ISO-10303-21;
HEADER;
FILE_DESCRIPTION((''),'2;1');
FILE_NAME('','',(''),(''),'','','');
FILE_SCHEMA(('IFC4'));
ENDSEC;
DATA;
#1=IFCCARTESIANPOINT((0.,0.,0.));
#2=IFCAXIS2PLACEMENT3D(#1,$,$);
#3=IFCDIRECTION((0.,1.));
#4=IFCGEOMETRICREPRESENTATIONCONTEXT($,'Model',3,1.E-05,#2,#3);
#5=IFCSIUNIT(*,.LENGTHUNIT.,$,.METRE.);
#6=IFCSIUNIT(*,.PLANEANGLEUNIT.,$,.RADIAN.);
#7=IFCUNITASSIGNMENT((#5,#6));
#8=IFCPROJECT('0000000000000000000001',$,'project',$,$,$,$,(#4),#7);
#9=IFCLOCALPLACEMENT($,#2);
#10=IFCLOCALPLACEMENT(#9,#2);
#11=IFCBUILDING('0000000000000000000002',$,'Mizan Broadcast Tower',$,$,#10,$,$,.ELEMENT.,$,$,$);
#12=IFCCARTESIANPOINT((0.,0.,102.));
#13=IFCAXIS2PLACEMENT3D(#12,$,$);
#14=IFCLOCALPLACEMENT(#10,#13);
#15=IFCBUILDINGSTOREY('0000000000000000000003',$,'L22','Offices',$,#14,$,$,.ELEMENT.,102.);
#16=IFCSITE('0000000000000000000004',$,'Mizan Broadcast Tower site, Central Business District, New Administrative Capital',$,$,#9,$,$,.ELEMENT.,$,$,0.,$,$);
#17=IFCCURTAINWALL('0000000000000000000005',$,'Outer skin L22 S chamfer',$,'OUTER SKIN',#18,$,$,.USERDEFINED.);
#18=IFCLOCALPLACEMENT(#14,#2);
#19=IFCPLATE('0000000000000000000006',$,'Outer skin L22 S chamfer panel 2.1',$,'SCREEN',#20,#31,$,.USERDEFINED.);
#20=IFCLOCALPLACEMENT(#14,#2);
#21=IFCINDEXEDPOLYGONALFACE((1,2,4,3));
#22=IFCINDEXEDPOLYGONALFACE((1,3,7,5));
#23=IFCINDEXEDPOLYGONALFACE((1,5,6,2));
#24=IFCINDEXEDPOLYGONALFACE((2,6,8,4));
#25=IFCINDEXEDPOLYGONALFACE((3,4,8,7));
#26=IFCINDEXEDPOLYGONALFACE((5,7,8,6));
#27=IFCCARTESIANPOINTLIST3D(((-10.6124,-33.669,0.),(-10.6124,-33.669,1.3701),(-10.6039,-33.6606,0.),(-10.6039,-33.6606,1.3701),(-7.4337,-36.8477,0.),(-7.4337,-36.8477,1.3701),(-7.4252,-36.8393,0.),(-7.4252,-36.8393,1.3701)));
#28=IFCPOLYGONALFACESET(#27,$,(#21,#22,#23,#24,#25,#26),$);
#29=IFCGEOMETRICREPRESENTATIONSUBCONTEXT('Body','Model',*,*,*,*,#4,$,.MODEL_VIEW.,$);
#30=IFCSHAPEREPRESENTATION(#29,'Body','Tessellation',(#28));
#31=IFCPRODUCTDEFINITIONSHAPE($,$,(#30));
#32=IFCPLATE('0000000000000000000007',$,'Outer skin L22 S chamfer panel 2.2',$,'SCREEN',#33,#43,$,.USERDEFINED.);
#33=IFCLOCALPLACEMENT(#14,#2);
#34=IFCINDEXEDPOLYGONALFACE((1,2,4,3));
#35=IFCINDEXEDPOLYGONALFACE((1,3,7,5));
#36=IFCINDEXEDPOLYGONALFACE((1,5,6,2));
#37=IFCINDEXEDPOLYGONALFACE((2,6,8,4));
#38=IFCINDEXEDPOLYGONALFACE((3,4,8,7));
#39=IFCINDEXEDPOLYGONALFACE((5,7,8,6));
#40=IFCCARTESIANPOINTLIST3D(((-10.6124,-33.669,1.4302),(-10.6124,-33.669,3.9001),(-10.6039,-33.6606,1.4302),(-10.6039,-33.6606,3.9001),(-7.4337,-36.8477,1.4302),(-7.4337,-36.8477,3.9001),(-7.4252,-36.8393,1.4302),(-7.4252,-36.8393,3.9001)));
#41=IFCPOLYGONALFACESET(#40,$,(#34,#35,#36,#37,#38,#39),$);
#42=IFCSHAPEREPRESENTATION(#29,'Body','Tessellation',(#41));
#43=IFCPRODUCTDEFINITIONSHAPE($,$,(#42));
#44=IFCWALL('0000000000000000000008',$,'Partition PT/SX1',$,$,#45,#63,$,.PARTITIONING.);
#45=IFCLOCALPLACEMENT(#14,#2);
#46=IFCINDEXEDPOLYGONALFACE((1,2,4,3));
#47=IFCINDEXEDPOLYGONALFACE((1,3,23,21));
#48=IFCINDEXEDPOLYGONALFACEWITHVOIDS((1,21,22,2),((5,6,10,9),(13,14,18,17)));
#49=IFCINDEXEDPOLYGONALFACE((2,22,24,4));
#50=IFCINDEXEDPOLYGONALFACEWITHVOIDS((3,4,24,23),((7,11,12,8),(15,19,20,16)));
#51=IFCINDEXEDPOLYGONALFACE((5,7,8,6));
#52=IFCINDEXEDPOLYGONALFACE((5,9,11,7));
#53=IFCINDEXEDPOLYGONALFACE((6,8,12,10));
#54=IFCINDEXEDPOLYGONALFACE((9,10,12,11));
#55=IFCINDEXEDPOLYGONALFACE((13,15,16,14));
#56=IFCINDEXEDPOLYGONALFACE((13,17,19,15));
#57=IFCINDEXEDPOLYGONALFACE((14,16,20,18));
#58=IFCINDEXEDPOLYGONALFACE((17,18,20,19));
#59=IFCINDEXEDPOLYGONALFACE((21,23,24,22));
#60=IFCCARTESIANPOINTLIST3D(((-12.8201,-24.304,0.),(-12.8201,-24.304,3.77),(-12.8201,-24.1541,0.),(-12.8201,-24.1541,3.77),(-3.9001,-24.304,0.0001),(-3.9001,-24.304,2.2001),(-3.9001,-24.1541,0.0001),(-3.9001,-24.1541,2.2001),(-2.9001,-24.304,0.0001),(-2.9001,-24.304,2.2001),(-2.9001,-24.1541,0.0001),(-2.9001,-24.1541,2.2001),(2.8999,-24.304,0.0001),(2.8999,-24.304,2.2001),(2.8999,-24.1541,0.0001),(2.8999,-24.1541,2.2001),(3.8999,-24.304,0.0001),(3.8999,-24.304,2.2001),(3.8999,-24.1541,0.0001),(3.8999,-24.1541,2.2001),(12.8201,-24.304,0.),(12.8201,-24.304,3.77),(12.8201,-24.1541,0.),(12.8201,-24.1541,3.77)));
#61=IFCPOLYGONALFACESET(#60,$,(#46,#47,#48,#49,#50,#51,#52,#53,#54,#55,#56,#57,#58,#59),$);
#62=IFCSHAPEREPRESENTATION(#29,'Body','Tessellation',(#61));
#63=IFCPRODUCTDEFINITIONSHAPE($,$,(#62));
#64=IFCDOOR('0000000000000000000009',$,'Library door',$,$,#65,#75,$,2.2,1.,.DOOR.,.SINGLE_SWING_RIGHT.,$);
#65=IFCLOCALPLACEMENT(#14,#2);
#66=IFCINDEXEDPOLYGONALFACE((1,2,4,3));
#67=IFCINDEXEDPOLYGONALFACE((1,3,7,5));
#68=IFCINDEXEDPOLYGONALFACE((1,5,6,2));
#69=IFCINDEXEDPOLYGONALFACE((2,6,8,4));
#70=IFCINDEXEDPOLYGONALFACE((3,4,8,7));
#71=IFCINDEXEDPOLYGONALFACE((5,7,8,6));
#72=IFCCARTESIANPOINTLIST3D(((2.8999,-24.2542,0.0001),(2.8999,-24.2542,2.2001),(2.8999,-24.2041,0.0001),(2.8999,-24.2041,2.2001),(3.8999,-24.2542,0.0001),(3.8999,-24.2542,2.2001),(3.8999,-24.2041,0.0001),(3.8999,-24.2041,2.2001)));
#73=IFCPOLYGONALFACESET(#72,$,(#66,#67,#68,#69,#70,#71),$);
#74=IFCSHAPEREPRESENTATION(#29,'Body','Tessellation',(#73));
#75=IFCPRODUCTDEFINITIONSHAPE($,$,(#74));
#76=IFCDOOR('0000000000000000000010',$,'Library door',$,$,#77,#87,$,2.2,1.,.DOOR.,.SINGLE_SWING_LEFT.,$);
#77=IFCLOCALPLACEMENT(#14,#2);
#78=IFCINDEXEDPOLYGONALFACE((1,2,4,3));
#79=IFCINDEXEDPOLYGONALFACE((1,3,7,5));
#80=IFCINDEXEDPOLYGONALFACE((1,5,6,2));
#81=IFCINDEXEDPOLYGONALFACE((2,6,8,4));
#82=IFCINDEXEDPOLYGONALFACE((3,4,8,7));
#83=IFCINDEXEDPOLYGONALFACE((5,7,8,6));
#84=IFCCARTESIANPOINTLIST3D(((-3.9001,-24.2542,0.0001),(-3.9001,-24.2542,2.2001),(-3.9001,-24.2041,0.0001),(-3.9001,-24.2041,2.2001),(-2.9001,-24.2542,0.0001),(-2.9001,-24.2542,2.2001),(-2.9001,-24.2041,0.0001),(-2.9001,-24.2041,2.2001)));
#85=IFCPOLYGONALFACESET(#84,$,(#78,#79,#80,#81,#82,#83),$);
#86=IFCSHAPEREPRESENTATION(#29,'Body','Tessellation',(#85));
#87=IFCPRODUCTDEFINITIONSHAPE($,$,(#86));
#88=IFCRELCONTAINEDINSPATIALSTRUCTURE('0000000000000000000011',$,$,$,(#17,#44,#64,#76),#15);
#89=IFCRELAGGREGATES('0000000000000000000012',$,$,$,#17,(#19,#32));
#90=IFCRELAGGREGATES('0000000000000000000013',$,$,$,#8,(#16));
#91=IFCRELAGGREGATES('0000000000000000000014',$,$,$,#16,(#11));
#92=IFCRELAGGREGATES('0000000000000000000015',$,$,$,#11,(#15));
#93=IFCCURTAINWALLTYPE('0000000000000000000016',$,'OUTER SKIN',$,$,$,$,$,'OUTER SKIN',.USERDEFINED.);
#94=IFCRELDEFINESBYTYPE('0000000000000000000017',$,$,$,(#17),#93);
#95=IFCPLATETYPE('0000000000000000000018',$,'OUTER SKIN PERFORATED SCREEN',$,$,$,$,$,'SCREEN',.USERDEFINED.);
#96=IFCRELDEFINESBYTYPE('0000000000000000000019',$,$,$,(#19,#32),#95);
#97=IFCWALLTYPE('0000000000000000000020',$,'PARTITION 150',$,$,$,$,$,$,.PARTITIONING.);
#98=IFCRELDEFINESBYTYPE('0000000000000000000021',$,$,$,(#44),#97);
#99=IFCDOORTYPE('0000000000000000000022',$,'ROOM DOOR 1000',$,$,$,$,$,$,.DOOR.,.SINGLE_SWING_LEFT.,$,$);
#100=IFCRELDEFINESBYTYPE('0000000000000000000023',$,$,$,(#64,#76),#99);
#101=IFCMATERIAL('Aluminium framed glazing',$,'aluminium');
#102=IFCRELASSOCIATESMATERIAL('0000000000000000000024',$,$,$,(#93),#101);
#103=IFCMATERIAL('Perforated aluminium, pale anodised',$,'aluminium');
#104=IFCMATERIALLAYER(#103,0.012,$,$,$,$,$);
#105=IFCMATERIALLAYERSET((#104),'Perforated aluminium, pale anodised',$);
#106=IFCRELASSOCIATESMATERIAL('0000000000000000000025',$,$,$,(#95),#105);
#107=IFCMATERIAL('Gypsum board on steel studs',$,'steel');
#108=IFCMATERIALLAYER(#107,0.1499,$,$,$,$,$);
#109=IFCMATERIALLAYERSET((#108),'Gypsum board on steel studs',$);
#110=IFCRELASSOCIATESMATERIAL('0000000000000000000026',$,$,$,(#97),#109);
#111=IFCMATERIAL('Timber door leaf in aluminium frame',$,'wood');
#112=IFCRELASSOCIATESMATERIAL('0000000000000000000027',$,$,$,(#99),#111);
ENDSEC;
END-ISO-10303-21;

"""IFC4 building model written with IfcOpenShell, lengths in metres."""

from ifc_helpers import new_model, si_unit, direction, frame, frame_2d, origin, origin_2d, place, context, subcontext, project, spatial, rectangle, extrude, material, layer, layer_set, type_object, element, fill, aggregate, save


model = new_model("IFC4")

# Units and contexts
model_context = context("Model", 3, precision=1e-05, world=origin(), true_north=direction((0.0, 1.0)))
body_context = subcontext(model_context, "Body", "Model", "MODEL_VIEW")
ifc_project = project(units=[si_unit("LENGTHUNIT", "METRE"), si_unit("PLANEANGLEUNIT", "RADIAN")], contexts=[model_context])

# Site, building, storey
site_placement = place(None, origin())
site = spatial("IfcSite", under=ifc_project, at=site_placement, Name="Mizan Broadcast Tower site, Central Business District, New Administrative Capital", CompositionType="ELEMENT", RefElevation=0.0)
building_placement = place(site_placement, origin())
building = spatial("IfcBuilding", under=site, at=building_placement, Name="Mizan Broadcast Tower", CompositionType="ELEMENT")
storey_placement = place(building_placement, frame((0.0, 0.0, 102.0)))
storey = spatial("IfcBuildingStorey", under=building, at=storey_placement, Name="L22", Description="Offices", CompositionType="ELEMENT", Elevation=102.0)

# Curtain wall
ifc_material_1 = material(Name="Aluminium framed glazing", Category="aluminium")
curtain_wall_type_1 = type_object("IfcCurtainWallType", Name="OUTER SKIN", ElementType="OUTER SKIN", PredefinedType="USERDEFINED", material=ifc_material_1)
curtain_wall_1_placement = place(storey_placement, origin())
curtain_wall_1 = element("IfcCurtainWall", 1, at=curtain_wall_1_placement, inside=storey, type_object=curtain_wall_type_1, Name="Outer skin L22 S chamfer", ObjectType="OUTER SKIN", PredefinedType="USERDEFINED")

# Plates
ifc_material_2 = material(Name="Perforated aluminium, pale anodised", Category="aluminium")
ifc_layer_1 = layer(ifc_material_2, 0.012)
ifc_layer_set_1 = layer_set([ifc_layer_1], Name="Perforated aluminium, pale anodised")
plate_type_1 = type_object("IfcPlateType", Name="OUTER SKIN PERFORATED SCREEN", ElementType="SCREEN", PredefinedType="USERDEFINED", material=ifc_layer_set_1)
plate_1_placement = place(storey_placement, frame((-9.0188, -35.2542, 0.0), z_axis=(0.0, 0.0, 1.0), x_axis=(0.707107, -0.707107, 0.0)))
plate_1 = element("IfcPlate", 2, at=plate_1_placement, type_object=plate_type_1, Name="Outer skin L22 S chamfer panel 2.1", ObjectType="SCREEN", PredefinedType="USERDEFINED", context=body_context, shape_type="SweptSolid", body=[
    extrude(rectangle(XDim=4.4954, YDim=0.012, at=origin_2d()), origin(), (0.0, 0.0, 1.0), 1.3701),
])
plate_2_placement = place(storey_placement, frame((-9.0188, -35.2542, 1.4302), z_axis=(0.0, 0.0, 1.0), x_axis=(0.707107, -0.707107, 0.0)))
plate_2 = element("IfcPlate", 3, at=plate_2_placement, type_object=plate_type_1, Name="Outer skin L22 S chamfer panel 2.2", ObjectType="SCREEN", PredefinedType="USERDEFINED", context=body_context, shape_type="SweptSolid", body=[
    extrude(rectangle(XDim=4.4954, YDim=0.012, at=origin_2d()), origin(), (0.0, 0.0, 1.0), 2.47),
])
aggregate(curtain_wall_1, [plate_1, plate_2])

# Wall, openings, doors
ifc_material_3 = material(Name="Gypsum board on steel studs", Category="steel")
ifc_layer_2 = layer(ifc_material_3, 0.1499)
ifc_layer_set_2 = layer_set([ifc_layer_2], Name="Gypsum board on steel studs")
wall_type = type_object("IfcWallType", Name="PARTITION 150", PredefinedType="PARTITIONING", material=ifc_layer_set_2)
wall_placement = place(storey_placement, frame((-12.8201, -24.229, 0.0), z_axis=(0.0, 0.0, 1.0), x_axis=(1.0, 0.0, 0.0)))
wall = element("IfcWall", 4, at=wall_placement, inside=storey, type_object=wall_type, Name="Partition PT/SX1", PredefinedType="PARTITIONING", context=body_context, shape_type="SweptSolid", body=[
    extrude(rectangle(XDim=25.6401, YDim=0.1499, at=frame_2d((12.8201, 0.0))), origin(), (0.0, 0.0, 1.0), 3.77),
])
opening_1_placement = place(wall_placement, frame((15.72, 0.0, 0.0)))
opening_1 = element("IfcOpeningElement", 5, at=opening_1_placement, cuts=wall, PredefinedType="OPENING", context=body_context, shape_type="SweptSolid", body=[
    extrude(rectangle(XDim=1.0, YDim=2.2, at=frame_2d((0.5, 1.1001))), frame((0.0, 0.085, 0.0), z_axis=(0.0, -1.0, 0.0), x_axis=(1.0, 0.0, 0.0)), (0.0, 0.0, 1.0), 0.1699),
])
opening_2_placement = place(wall_placement, frame((8.9199, 0.0, 0.0)))
opening_2 = element("IfcOpeningElement", 6, at=opening_2_placement, cuts=wall, PredefinedType="OPENING", context=body_context, shape_type="SweptSolid", body=[
    extrude(rectangle(XDim=1.0, YDim=2.2, at=frame_2d((0.5, 1.1001))), frame((0.0, 0.085, 0.0), z_axis=(0.0, -1.0, 0.0), x_axis=(1.0, 0.0, 0.0)), (0.0, 0.0, 1.0), 0.1699),
])
ifc_material_4 = material(Name="Timber door leaf in aluminium frame", Category="wood")
door_type = type_object("IfcDoorType", Name="ROOM DOOR 1000", OperationType="SINGLE_SWING_LEFT", PredefinedType="DOOR", material=ifc_material_4)
door_1_placement = place(opening_1_placement, origin())
door_1 = element("IfcDoor", 7, at=door_1_placement, inside=storey, type_object=door_type, Name="Library door", OperationType="SINGLE_SWING_RIGHT", OverallHeight=2.2, OverallWidth=1.0, PredefinedType="DOOR", context=body_context, shape_type="SweptSolid", body=[
    extrude(rectangle(XDim=1.0, YDim=2.2, at=frame_2d((0.5, 1.1001))), frame((0.0, 0.0249, 0.0), z_axis=(0.0, -1.0, 0.0), x_axis=(1.0, 0.0, 0.0)), (0.0, 0.0, 1.0), 0.05),
])
fill(opening_1, door_1)
door_2_placement = place(opening_2_placement, origin())
door_2 = element("IfcDoor", 8, at=door_2_placement, inside=storey, type_object=door_type, Name="Library door", OperationType="SINGLE_SWING_LEFT", OverallHeight=2.2, OverallWidth=1.0, PredefinedType="DOOR", context=body_context, shape_type="SweptSolid", body=[
    extrude(rectangle(XDim=1.0, YDim=2.2, at=frame_2d((0.5, 1.1001))), frame((0.0, 0.0249, 0.0), z_axis=(0.0, -1.0, 0.0), x_axis=(1.0, 0.0, 0.0)), (0.0, 0.0, 1.0), 0.05),
])
fill(opening_2, door_2)

save(model, "model.ifc")
